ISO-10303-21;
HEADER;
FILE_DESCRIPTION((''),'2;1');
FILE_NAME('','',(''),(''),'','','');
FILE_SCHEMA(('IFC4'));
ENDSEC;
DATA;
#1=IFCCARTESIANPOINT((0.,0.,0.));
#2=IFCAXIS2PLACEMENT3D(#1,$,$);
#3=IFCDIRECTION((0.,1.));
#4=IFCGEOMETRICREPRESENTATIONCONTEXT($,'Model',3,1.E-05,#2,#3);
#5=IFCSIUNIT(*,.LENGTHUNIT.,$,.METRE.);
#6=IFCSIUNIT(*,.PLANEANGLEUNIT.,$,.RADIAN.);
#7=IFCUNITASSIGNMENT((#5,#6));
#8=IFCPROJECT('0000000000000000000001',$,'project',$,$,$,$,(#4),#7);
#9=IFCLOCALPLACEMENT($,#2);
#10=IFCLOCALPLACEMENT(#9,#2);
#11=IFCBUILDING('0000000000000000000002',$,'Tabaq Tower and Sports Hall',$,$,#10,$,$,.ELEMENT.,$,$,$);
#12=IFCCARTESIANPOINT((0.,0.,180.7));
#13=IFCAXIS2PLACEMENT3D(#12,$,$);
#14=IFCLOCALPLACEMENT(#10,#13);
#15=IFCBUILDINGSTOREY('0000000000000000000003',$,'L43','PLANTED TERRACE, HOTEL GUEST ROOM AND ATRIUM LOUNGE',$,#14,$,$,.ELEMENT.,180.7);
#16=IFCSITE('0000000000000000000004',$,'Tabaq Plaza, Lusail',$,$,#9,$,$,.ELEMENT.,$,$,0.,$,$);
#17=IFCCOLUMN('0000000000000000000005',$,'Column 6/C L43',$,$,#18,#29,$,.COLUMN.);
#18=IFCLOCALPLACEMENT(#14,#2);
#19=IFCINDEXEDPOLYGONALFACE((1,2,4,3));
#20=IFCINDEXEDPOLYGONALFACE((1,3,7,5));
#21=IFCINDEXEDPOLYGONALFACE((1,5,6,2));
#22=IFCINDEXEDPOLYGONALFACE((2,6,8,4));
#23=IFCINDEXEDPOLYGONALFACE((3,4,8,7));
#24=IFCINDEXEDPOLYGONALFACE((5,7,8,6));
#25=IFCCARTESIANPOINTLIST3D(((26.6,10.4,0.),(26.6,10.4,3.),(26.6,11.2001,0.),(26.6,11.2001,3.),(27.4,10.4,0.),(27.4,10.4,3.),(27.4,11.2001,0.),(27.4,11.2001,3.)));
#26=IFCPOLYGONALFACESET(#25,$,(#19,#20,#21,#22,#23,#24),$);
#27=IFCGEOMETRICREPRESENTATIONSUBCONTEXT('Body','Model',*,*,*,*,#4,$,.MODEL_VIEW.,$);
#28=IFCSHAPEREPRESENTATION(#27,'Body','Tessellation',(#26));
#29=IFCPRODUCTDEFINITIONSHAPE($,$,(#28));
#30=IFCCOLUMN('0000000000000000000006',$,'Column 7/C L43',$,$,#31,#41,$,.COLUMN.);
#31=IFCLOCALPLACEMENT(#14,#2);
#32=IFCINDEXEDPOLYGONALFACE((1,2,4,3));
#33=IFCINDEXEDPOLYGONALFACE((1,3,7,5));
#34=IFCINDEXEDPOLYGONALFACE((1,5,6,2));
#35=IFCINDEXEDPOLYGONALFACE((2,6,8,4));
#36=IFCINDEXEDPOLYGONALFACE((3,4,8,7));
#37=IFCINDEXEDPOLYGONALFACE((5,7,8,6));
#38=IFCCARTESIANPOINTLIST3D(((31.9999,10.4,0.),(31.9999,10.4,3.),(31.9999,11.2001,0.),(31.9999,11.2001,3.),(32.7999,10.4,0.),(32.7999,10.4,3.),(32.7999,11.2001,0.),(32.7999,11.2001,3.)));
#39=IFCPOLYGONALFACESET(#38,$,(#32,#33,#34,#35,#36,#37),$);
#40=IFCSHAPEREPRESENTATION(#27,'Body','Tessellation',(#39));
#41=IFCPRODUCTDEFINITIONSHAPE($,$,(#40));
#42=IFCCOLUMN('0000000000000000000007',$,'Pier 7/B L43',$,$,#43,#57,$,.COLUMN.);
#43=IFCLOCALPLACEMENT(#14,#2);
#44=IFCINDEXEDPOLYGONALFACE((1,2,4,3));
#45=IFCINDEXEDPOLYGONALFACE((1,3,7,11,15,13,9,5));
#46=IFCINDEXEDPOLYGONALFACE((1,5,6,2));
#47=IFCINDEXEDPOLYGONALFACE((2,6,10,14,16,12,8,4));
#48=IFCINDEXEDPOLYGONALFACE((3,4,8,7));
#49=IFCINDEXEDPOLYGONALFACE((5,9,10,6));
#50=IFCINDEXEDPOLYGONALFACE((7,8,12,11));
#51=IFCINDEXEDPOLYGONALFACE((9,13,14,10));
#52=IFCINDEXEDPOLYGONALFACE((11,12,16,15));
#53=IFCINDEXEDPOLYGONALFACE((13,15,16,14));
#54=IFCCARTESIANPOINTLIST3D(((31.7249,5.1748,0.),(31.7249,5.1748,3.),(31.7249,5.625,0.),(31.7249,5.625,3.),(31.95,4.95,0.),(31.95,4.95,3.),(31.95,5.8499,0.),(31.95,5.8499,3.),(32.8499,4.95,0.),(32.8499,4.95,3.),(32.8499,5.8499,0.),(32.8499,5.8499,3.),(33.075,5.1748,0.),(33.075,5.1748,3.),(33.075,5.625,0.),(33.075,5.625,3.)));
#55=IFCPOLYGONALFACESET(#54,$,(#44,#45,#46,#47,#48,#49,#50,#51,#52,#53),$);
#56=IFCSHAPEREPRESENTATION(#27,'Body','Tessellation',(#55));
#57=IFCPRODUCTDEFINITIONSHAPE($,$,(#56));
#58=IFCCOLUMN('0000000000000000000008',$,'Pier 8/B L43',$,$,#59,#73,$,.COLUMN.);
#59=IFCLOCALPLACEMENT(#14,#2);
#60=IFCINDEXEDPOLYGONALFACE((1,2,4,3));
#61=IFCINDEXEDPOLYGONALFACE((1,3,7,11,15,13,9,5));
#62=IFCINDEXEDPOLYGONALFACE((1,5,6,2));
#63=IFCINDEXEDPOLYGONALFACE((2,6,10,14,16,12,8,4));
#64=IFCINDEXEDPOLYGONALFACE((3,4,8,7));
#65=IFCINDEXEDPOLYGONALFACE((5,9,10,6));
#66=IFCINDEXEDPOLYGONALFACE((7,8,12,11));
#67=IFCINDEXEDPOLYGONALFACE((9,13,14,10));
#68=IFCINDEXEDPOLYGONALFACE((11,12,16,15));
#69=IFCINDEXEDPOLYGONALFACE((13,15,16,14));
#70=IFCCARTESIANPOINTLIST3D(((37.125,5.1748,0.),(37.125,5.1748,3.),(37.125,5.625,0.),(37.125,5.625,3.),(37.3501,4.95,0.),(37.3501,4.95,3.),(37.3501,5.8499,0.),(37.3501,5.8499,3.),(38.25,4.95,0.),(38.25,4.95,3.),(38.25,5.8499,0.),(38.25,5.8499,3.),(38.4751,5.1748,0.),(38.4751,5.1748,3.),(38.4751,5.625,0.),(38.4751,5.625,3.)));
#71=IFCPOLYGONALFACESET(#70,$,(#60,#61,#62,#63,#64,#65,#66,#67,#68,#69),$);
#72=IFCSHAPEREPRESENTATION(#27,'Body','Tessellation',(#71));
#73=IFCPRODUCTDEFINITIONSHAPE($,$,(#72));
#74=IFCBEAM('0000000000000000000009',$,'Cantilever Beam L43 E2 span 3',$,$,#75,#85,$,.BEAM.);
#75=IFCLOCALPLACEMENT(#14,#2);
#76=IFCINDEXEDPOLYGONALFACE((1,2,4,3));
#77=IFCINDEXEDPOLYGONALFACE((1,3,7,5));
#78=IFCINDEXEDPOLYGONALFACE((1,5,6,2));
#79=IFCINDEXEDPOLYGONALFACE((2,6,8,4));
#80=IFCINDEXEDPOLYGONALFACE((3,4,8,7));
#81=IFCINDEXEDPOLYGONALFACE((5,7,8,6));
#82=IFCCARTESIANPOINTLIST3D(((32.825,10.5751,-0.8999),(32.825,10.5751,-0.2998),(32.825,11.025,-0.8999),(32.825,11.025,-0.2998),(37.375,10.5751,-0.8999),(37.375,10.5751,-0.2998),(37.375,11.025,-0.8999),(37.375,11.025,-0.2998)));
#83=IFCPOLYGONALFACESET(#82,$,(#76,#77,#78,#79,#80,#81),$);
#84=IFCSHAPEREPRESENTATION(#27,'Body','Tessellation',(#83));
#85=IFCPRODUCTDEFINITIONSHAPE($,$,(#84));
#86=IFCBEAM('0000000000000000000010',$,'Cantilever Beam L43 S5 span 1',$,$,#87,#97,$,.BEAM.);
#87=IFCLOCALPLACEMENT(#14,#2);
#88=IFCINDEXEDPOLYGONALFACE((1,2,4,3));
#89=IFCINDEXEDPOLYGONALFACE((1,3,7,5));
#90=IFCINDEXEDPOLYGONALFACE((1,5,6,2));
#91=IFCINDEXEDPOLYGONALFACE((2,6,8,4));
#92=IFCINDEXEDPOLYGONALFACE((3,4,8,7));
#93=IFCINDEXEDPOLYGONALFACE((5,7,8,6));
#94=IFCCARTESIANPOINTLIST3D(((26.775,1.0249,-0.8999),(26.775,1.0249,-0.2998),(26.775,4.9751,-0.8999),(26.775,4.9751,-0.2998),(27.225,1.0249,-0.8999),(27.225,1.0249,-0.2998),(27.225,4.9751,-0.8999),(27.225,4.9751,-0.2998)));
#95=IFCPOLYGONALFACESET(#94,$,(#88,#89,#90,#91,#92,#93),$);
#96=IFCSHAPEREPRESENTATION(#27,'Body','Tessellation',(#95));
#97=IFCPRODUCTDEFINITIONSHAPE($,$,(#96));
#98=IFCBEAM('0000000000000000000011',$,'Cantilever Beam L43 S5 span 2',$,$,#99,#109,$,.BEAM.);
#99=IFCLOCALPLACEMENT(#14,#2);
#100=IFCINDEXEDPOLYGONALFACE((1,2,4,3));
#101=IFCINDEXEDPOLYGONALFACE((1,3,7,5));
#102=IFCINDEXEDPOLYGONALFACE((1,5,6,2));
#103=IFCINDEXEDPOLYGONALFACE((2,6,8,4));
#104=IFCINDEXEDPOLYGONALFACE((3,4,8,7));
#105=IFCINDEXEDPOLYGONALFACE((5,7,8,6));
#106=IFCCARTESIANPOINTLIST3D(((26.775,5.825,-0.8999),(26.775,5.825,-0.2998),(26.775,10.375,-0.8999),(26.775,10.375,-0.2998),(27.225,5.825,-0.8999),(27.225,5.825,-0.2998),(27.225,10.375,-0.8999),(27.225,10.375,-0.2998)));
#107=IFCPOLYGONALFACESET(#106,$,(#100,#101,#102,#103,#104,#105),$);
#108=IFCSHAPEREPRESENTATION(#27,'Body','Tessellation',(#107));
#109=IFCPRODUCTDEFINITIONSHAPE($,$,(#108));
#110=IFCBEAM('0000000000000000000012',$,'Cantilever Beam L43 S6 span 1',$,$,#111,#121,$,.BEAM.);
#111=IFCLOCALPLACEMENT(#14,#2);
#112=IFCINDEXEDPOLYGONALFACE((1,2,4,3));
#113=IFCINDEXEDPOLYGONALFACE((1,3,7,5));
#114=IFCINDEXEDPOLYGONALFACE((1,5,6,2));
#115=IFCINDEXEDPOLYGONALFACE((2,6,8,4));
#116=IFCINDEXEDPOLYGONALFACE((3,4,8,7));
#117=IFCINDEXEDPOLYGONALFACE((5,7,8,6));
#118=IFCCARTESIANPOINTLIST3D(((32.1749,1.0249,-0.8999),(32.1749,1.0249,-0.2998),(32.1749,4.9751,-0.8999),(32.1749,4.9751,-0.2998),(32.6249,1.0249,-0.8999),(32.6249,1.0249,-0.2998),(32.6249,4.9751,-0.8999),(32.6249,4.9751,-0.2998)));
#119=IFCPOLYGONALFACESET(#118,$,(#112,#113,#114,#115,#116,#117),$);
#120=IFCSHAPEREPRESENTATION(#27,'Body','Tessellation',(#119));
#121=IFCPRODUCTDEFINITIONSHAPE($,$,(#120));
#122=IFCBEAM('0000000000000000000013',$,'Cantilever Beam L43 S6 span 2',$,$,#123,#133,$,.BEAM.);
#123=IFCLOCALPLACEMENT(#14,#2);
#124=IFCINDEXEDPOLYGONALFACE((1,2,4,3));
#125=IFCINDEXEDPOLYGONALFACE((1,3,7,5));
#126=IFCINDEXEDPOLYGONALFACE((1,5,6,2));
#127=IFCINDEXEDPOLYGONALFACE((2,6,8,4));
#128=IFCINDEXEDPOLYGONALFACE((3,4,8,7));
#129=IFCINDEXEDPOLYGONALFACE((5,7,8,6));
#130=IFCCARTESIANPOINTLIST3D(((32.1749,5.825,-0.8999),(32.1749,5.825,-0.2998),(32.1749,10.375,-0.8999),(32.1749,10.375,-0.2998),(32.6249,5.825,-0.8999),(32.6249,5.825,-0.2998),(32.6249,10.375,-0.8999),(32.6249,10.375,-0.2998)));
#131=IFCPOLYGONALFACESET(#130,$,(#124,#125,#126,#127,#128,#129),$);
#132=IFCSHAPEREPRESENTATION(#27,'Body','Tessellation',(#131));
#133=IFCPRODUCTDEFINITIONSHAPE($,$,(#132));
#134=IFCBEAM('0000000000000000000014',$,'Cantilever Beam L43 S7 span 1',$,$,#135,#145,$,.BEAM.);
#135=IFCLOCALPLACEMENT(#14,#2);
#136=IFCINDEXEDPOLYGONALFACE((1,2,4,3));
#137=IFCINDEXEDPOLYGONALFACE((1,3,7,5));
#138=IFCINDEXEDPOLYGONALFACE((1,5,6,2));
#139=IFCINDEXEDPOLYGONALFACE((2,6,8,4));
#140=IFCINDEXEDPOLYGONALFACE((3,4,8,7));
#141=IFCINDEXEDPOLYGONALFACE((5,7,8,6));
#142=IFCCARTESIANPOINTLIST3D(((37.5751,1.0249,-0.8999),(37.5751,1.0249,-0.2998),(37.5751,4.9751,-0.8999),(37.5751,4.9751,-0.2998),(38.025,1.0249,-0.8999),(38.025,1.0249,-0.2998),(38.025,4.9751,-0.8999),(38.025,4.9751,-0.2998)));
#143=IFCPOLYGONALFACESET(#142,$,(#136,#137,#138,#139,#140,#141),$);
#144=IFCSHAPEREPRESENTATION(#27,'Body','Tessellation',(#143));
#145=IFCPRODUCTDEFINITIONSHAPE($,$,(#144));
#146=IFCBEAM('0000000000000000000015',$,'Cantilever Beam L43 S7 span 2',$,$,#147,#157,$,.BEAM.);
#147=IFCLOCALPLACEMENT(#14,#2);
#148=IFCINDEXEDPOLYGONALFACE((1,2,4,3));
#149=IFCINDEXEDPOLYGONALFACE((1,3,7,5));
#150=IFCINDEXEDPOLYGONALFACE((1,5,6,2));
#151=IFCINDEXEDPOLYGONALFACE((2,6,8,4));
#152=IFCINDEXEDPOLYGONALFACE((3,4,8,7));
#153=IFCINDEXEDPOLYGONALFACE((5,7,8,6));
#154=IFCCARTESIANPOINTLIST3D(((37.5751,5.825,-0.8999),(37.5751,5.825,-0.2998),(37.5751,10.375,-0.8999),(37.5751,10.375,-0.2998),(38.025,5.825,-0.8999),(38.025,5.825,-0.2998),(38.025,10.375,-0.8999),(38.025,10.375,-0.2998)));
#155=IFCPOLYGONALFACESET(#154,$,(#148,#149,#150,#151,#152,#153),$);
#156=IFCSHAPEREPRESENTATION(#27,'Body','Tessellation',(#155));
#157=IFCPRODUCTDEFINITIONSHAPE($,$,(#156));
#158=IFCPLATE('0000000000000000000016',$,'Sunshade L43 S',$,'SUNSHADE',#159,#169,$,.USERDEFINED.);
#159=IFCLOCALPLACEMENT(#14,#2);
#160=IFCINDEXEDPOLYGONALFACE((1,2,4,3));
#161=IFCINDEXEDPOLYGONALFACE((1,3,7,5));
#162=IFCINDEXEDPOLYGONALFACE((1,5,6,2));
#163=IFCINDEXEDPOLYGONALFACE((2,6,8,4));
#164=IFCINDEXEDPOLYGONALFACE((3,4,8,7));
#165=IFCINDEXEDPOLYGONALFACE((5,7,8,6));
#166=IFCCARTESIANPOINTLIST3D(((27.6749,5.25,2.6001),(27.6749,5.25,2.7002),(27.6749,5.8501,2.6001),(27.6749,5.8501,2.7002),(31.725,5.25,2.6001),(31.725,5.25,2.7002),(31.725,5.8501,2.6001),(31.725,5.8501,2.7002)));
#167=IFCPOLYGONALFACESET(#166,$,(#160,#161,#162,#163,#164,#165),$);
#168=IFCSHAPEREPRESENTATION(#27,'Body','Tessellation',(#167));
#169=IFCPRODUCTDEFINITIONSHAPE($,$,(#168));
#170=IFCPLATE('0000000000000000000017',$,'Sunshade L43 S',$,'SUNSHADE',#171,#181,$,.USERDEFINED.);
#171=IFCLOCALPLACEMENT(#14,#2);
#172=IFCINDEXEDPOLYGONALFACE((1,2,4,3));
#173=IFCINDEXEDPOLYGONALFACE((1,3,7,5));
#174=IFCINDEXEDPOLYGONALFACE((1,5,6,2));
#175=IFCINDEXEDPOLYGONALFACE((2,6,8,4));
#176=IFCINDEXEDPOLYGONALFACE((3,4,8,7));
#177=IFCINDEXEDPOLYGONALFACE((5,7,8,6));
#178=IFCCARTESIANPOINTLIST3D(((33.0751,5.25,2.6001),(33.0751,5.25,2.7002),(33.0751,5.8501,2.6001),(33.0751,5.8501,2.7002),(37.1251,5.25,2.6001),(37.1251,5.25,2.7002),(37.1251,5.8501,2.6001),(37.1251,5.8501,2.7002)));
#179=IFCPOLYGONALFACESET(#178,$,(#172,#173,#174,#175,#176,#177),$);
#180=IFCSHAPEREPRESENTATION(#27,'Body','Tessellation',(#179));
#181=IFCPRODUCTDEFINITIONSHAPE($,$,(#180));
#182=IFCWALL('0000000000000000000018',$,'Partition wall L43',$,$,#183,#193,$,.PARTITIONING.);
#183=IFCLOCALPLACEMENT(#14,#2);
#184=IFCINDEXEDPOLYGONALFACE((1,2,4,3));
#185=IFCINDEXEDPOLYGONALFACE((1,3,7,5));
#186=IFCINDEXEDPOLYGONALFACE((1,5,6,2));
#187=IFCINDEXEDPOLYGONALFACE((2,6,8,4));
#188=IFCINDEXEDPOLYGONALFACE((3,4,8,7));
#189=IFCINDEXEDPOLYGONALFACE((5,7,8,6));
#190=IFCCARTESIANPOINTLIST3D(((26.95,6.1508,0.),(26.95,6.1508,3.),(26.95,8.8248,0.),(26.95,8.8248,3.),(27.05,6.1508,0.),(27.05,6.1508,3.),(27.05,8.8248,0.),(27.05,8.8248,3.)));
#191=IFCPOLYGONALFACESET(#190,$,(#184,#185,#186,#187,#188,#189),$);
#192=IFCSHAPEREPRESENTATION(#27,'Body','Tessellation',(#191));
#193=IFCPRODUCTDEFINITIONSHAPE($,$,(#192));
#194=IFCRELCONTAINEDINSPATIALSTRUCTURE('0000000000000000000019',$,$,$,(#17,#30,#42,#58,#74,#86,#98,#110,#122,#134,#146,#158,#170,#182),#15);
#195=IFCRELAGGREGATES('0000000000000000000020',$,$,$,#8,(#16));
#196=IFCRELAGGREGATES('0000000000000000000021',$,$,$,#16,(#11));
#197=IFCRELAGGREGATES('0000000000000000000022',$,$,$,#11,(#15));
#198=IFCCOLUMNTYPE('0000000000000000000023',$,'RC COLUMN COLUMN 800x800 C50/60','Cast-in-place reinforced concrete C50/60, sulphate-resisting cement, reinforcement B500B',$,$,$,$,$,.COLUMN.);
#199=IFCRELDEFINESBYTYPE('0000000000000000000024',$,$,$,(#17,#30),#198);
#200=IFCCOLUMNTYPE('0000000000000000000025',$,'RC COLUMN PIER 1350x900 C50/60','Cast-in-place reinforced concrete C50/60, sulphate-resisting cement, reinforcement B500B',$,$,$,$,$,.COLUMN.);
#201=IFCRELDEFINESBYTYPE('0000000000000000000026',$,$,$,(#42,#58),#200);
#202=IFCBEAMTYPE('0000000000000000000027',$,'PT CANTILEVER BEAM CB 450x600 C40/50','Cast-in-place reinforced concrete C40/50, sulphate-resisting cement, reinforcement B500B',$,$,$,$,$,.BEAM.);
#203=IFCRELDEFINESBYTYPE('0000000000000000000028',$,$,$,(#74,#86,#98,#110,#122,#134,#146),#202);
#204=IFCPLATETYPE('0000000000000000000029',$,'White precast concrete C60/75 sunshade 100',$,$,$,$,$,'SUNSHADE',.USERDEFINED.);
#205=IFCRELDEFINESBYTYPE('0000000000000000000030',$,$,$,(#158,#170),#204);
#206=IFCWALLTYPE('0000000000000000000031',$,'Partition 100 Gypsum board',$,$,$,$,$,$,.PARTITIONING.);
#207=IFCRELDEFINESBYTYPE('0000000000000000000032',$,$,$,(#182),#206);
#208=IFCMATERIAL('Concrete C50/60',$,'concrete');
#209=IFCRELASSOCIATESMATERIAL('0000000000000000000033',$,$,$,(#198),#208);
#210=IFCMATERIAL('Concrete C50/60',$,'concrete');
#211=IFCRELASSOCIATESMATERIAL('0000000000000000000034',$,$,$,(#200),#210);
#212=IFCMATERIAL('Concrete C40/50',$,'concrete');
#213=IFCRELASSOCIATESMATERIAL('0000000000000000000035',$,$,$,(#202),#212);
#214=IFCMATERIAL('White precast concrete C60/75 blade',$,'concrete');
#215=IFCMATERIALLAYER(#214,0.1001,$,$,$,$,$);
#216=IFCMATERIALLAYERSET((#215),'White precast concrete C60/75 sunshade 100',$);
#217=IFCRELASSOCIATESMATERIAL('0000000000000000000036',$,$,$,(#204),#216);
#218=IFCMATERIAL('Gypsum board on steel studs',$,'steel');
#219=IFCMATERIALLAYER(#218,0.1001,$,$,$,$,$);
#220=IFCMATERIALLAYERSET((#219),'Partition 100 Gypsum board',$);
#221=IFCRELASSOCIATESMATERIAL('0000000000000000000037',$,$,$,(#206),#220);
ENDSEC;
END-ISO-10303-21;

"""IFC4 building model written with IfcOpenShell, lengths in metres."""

from ifc_helpers import new_model, si_unit, direction, frame, frame_2d, origin, origin_2d, place, context, subcontext, project, spatial, polyline, rectangle, outline, extrude, material, layer, layer_set, material_profile, profile_set, type_object, element, save


model = new_model("IFC4")

# Units and contexts
model_context = context("Model", 3, precision=1e-05, world=origin(), true_north=direction((0.0, 1.0)))
body_context = subcontext(model_context, "Body", "Model", "MODEL_VIEW")
ifc_project = project(units=[si_unit("LENGTHUNIT", "METRE"), si_unit("PLANEANGLEUNIT", "RADIAN")], contexts=[model_context])

# Site, building, storey
site_placement = place(None, origin())
site = spatial("IfcSite", under=ifc_project, at=site_placement, Name="Tabaq Plaza, Lusail", CompositionType="ELEMENT", RefElevation=0.0)
building_placement = place(site_placement, origin())
building = spatial("IfcBuilding", under=site, at=building_placement, Name="Tabaq Tower and Sports Hall", CompositionType="ELEMENT")
storey_placement = place(building_placement, frame((0.0, 0.0, 180.7)))
storey = spatial("IfcBuildingStorey", under=building, at=storey_placement, Name="L43", Description="PLANTED TERRACE, HOTEL GUEST ROOM AND ATRIUM LOUNGE", CompositionType="ELEMENT", Elevation=180.7)

# Columns
ifc_material_1 = material(Name="Concrete C50/60", Category="concrete")
ifc_material_profile_1 = material_profile(ifc_material_1, rectangle(XDim=0.8, YDim=0.8, at=origin_2d()), Name="COLUMN 800x800")
ifc_profile_set_1 = profile_set([ifc_material_profile_1], Name="Concrete C50/60")
column_type_1 = type_object("IfcColumnType", Name="RC COLUMN COLUMN 800x800 C50/60", Description="Cast-in-place reinforced concrete C50/60, sulphate-resisting cement, reinforcement B500B", PredefinedType="COLUMN", material=ifc_profile_set_1)
for number, where, z_axis, x_axis, name in (
    (1, (27.0, 10.8, 0.0), (0.0, 0.0, 1.0), (1.0, 0.0, 0.0), "Column 6/C L43"),
    (2, (32.3999, 10.8, 0.0), (0.0, 0.0, 1.0), (1.0, 0.0, 0.0), "Column 7/C L43"),
):
    element("IfcColumn", number, at=place(storey_placement, frame(where, z_axis=z_axis, x_axis=x_axis)), inside=storey, type_object=column_type_1, Name=name, PredefinedType="COLUMN", context=body_context, shape_type="SweptSolid", body=[
        extrude(rectangle(XDim=0.8, YDim=0.8, at=origin_2d()), origin(), (0.0, 0.0, 1.0), 3.0),
    ])
ifc_material_2 = material(Name="Concrete C50/60", Category="concrete")
ifc_material_profile_2 = material_profile(ifc_material_2, outline(polyline([(-0.45, -0.45), (0.45, -0.45), (0.675, -0.2251), (0.675, 0.2251), (0.45, 0.45), (-0.45, 0.45), (-0.675, 0.2251), (-0.675, -0.2251), (-0.45, -0.45)])), Name="PIER 1350x900")
ifc_profile_set_2 = profile_set([ifc_material_profile_2], Name="Concrete C50/60")
column_type_2 = type_object("IfcColumnType", Name="RC COLUMN PIER 1350x900 C50/60", Description="Cast-in-place reinforced concrete C50/60, sulphate-resisting cement, reinforcement B500B", PredefinedType="COLUMN", material=ifc_profile_set_2)
for number, where, z_axis, x_axis, name in (
    (3, (32.3999, 5.3999, 0.0), (0.0, 0.0, 1.0), (1.0, 0.0, 0.0), "Pier 7/B L43"),
    (4, (37.8, 5.3999, 0.0), (0.0, 0.0, 1.0), (1.0, 0.0, 0.0), "Pier 8/B L43"),
):
    element("IfcColumn", number, at=place(storey_placement, frame(where, z_axis=z_axis, x_axis=x_axis)), inside=storey, type_object=column_type_2, Name=name, PredefinedType="COLUMN", context=body_context, shape_type="SweptSolid", body=[
        extrude(outline(polyline([(-0.45, -0.45), (0.45, -0.45), (0.675, -0.2251), (0.675, 0.2251), (0.45, 0.45), (-0.45, 0.45), (-0.675, 0.2251), (-0.675, -0.2251), (-0.45, -0.45)])), origin(), (0.0, 0.0, 1.0), 3.0),
    ])

# Beams
ifc_material_3 = material(Name="Concrete C40/50", Category="concrete")
ifc_material_profile_3 = material_profile(ifc_material_3, rectangle(XDim=0.45, YDim=0.6001, at=origin_2d()), Name="CB 450x600")
ifc_profile_set_3 = profile_set([ifc_material_profile_3], Name="Concrete C40/50")
beam_type = type_object("IfcBeamType", Name="PT CANTILEVER BEAM CB 450x600 C40/50", Description="Cast-in-place reinforced concrete C40/50, sulphate-resisting cement, reinforcement B500B", PredefinedType="BEAM", material=ifc_profile_set_3)
beam_1_placement = place(storey_placement, frame((37.375, 10.8, -0.5999), z_axis=(-1.0, 0.0, 0.0), x_axis=(0.0, -1.0, 0.0)))
element("IfcBeam", 5, at=beam_1_placement, inside=storey, type_object=beam_type, Name="Cantilever Beam L43 E2 span 3", PredefinedType="BEAM", context=body_context, shape_type="SweptSolid", body=[
    extrude(rectangle(XDim=0.45, YDim=0.6001, at=origin_2d()), origin(), (0.0, 0.0, 1.0), 4.55),
])
beam_2_placement = place(storey_placement, frame((27.0, 1.0249, -0.5999), z_axis=(0.0, 1.0, 0.0), x_axis=(-1.0, 0.0, 0.0)))
element("IfcBeam", 6, at=beam_2_placement, inside=storey, type_object=beam_type, Name="Cantilever Beam L43 S5 span 1", PredefinedType="BEAM", context=body_context, shape_type="SweptSolid", body=[
    extrude(rectangle(XDim=0.45, YDim=0.6001, at=origin_2d()), origin(), (0.0, 0.0, 1.0), 3.9502),
])
beam_3_placement = place(storey_placement, frame((27.0, 5.825, -0.5999), z_axis=(0.0, 1.0, 0.0), x_axis=(-1.0, 0.0, 0.0)))
element("IfcBeam", 7, at=beam_3_placement, inside=storey, type_object=beam_type, Name="Cantilever Beam L43 S5 span 2", PredefinedType="BEAM", context=body_context, shape_type="SweptSolid", body=[
    extrude(rectangle(XDim=0.45, YDim=0.6001, at=origin_2d()), origin(), (0.0, 0.0, 1.0), 4.55),
])
beam_4_placement = place(storey_placement, frame((32.3999, 1.0249, -0.5999), z_axis=(0.0, 1.0, 0.0), x_axis=(-1.0, 0.0, 0.0)))
element("IfcBeam", 8, at=beam_4_placement, inside=storey, type_object=beam_type, Name="Cantilever Beam L43 S6 span 1", PredefinedType="BEAM", context=body_context, shape_type="SweptSolid", body=[
    extrude(rectangle(XDim=0.45, YDim=0.6001, at=origin_2d()), origin(), (0.0, 0.0, 1.0), 3.9502),
])
beam_5_placement = place(storey_placement, frame((32.3999, 5.825, -0.5999), z_axis=(0.0, 1.0, 0.0), x_axis=(-1.0, 0.0, 0.0)))
element("IfcBeam", 9, at=beam_5_placement, inside=storey, type_object=beam_type, Name="Cantilever Beam L43 S6 span 2", PredefinedType="BEAM", context=body_context, shape_type="SweptSolid", body=[
    extrude(rectangle(XDim=0.45, YDim=0.6001, at=origin_2d()), origin(), (0.0, 0.0, 1.0), 4.55),
])
beam_6_placement = place(storey_placement, frame((37.8, 1.0249, -0.5999), z_axis=(0.0, 1.0, 0.0), x_axis=(-1.0, 0.0, 0.0)))
element("IfcBeam", 10, at=beam_6_placement, inside=storey, type_object=beam_type, Name="Cantilever Beam L43 S7 span 1", PredefinedType="BEAM", context=body_context, shape_type="SweptSolid", body=[
    extrude(rectangle(XDim=0.45, YDim=0.6001, at=origin_2d()), origin(), (0.0, 0.0, 1.0), 3.9502),
])
beam_7_placement = place(storey_placement, frame((37.8, 5.825, -0.5999), z_axis=(0.0, 1.0, 0.0), x_axis=(-1.0, 0.0, 0.0)))
element("IfcBeam", 11, at=beam_7_placement, inside=storey, type_object=beam_type, Name="Cantilever Beam L43 S7 span 2", PredefinedType="BEAM", context=body_context, shape_type="SweptSolid", body=[
    extrude(rectangle(XDim=0.45, YDim=0.6001, at=origin_2d()), origin(), (0.0, 0.0, 1.0), 4.55),
])

# Plates
ifc_material_4 = material(Name="White precast concrete C60/75 blade", Category="concrete")
ifc_layer_1 = layer(ifc_material_4, 0.1001)
ifc_layer_set_1 = layer_set([ifc_layer_1], Name="White precast concrete C60/75 sunshade 100")
plate_type = type_object("IfcPlateType", Name="White precast concrete C60/75 sunshade 100", ElementType="SUNSHADE", PredefinedType="USERDEFINED", material=ifc_layer_set_1)
for number, where, z_axis, x_axis, name in (
    (12, (29.7, 5.55, 2.6001), (0.0, 0.0, 1.0), (1.0, 0.0, 0.0), "Sunshade L43 S"),
    (13, (35.1001, 5.55, 2.6001), (0.0, 0.0, 1.0), (1.0, 0.0, 0.0), "Sunshade L43 S"),
):
    element("IfcPlate", number, at=place(storey_placement, frame(where, z_axis=z_axis, x_axis=x_axis)), inside=storey, type_object=plate_type, Name=name, ObjectType="SUNSHADE", PredefinedType="USERDEFINED", context=body_context, shape_type="SweptSolid", body=[
        extrude(rectangle(XDim=4.05, YDim=0.6001, at=origin_2d()), origin(), (0.0, 0.0, 1.0), 0.1001),
    ])

# Wall
ifc_material_5 = material(Name="Gypsum board on steel studs", Category="steel")
ifc_layer_2 = layer(ifc_material_5, 0.1001)
ifc_layer_set_2 = layer_set([ifc_layer_2], Name="Partition 100 Gypsum board")
wall_type_1 = type_object("IfcWallType", Name="Partition 100 Gypsum board", PredefinedType="PARTITIONING", material=ifc_layer_set_2)
wall_1_placement = place(storey_placement, frame((27.0, 6.1509, 0.0), z_axis=(0.0, 0.0, 1.0), x_axis=(0.0, 1.0, 0.0)))
element("IfcWall", 14, at=wall_1_placement, inside=storey, type_object=wall_type_1, Name="Partition wall L43", PredefinedType="PARTITIONING", context=body_context, shape_type="SweptSolid", body=[
    extrude(rectangle(XDim=2.6741, YDim=0.1001, at=frame_2d((1.3369, 0.0))), origin(), (0.0, 0.0, 1.0), 3.0),
])

save(model, "model.ifc")
